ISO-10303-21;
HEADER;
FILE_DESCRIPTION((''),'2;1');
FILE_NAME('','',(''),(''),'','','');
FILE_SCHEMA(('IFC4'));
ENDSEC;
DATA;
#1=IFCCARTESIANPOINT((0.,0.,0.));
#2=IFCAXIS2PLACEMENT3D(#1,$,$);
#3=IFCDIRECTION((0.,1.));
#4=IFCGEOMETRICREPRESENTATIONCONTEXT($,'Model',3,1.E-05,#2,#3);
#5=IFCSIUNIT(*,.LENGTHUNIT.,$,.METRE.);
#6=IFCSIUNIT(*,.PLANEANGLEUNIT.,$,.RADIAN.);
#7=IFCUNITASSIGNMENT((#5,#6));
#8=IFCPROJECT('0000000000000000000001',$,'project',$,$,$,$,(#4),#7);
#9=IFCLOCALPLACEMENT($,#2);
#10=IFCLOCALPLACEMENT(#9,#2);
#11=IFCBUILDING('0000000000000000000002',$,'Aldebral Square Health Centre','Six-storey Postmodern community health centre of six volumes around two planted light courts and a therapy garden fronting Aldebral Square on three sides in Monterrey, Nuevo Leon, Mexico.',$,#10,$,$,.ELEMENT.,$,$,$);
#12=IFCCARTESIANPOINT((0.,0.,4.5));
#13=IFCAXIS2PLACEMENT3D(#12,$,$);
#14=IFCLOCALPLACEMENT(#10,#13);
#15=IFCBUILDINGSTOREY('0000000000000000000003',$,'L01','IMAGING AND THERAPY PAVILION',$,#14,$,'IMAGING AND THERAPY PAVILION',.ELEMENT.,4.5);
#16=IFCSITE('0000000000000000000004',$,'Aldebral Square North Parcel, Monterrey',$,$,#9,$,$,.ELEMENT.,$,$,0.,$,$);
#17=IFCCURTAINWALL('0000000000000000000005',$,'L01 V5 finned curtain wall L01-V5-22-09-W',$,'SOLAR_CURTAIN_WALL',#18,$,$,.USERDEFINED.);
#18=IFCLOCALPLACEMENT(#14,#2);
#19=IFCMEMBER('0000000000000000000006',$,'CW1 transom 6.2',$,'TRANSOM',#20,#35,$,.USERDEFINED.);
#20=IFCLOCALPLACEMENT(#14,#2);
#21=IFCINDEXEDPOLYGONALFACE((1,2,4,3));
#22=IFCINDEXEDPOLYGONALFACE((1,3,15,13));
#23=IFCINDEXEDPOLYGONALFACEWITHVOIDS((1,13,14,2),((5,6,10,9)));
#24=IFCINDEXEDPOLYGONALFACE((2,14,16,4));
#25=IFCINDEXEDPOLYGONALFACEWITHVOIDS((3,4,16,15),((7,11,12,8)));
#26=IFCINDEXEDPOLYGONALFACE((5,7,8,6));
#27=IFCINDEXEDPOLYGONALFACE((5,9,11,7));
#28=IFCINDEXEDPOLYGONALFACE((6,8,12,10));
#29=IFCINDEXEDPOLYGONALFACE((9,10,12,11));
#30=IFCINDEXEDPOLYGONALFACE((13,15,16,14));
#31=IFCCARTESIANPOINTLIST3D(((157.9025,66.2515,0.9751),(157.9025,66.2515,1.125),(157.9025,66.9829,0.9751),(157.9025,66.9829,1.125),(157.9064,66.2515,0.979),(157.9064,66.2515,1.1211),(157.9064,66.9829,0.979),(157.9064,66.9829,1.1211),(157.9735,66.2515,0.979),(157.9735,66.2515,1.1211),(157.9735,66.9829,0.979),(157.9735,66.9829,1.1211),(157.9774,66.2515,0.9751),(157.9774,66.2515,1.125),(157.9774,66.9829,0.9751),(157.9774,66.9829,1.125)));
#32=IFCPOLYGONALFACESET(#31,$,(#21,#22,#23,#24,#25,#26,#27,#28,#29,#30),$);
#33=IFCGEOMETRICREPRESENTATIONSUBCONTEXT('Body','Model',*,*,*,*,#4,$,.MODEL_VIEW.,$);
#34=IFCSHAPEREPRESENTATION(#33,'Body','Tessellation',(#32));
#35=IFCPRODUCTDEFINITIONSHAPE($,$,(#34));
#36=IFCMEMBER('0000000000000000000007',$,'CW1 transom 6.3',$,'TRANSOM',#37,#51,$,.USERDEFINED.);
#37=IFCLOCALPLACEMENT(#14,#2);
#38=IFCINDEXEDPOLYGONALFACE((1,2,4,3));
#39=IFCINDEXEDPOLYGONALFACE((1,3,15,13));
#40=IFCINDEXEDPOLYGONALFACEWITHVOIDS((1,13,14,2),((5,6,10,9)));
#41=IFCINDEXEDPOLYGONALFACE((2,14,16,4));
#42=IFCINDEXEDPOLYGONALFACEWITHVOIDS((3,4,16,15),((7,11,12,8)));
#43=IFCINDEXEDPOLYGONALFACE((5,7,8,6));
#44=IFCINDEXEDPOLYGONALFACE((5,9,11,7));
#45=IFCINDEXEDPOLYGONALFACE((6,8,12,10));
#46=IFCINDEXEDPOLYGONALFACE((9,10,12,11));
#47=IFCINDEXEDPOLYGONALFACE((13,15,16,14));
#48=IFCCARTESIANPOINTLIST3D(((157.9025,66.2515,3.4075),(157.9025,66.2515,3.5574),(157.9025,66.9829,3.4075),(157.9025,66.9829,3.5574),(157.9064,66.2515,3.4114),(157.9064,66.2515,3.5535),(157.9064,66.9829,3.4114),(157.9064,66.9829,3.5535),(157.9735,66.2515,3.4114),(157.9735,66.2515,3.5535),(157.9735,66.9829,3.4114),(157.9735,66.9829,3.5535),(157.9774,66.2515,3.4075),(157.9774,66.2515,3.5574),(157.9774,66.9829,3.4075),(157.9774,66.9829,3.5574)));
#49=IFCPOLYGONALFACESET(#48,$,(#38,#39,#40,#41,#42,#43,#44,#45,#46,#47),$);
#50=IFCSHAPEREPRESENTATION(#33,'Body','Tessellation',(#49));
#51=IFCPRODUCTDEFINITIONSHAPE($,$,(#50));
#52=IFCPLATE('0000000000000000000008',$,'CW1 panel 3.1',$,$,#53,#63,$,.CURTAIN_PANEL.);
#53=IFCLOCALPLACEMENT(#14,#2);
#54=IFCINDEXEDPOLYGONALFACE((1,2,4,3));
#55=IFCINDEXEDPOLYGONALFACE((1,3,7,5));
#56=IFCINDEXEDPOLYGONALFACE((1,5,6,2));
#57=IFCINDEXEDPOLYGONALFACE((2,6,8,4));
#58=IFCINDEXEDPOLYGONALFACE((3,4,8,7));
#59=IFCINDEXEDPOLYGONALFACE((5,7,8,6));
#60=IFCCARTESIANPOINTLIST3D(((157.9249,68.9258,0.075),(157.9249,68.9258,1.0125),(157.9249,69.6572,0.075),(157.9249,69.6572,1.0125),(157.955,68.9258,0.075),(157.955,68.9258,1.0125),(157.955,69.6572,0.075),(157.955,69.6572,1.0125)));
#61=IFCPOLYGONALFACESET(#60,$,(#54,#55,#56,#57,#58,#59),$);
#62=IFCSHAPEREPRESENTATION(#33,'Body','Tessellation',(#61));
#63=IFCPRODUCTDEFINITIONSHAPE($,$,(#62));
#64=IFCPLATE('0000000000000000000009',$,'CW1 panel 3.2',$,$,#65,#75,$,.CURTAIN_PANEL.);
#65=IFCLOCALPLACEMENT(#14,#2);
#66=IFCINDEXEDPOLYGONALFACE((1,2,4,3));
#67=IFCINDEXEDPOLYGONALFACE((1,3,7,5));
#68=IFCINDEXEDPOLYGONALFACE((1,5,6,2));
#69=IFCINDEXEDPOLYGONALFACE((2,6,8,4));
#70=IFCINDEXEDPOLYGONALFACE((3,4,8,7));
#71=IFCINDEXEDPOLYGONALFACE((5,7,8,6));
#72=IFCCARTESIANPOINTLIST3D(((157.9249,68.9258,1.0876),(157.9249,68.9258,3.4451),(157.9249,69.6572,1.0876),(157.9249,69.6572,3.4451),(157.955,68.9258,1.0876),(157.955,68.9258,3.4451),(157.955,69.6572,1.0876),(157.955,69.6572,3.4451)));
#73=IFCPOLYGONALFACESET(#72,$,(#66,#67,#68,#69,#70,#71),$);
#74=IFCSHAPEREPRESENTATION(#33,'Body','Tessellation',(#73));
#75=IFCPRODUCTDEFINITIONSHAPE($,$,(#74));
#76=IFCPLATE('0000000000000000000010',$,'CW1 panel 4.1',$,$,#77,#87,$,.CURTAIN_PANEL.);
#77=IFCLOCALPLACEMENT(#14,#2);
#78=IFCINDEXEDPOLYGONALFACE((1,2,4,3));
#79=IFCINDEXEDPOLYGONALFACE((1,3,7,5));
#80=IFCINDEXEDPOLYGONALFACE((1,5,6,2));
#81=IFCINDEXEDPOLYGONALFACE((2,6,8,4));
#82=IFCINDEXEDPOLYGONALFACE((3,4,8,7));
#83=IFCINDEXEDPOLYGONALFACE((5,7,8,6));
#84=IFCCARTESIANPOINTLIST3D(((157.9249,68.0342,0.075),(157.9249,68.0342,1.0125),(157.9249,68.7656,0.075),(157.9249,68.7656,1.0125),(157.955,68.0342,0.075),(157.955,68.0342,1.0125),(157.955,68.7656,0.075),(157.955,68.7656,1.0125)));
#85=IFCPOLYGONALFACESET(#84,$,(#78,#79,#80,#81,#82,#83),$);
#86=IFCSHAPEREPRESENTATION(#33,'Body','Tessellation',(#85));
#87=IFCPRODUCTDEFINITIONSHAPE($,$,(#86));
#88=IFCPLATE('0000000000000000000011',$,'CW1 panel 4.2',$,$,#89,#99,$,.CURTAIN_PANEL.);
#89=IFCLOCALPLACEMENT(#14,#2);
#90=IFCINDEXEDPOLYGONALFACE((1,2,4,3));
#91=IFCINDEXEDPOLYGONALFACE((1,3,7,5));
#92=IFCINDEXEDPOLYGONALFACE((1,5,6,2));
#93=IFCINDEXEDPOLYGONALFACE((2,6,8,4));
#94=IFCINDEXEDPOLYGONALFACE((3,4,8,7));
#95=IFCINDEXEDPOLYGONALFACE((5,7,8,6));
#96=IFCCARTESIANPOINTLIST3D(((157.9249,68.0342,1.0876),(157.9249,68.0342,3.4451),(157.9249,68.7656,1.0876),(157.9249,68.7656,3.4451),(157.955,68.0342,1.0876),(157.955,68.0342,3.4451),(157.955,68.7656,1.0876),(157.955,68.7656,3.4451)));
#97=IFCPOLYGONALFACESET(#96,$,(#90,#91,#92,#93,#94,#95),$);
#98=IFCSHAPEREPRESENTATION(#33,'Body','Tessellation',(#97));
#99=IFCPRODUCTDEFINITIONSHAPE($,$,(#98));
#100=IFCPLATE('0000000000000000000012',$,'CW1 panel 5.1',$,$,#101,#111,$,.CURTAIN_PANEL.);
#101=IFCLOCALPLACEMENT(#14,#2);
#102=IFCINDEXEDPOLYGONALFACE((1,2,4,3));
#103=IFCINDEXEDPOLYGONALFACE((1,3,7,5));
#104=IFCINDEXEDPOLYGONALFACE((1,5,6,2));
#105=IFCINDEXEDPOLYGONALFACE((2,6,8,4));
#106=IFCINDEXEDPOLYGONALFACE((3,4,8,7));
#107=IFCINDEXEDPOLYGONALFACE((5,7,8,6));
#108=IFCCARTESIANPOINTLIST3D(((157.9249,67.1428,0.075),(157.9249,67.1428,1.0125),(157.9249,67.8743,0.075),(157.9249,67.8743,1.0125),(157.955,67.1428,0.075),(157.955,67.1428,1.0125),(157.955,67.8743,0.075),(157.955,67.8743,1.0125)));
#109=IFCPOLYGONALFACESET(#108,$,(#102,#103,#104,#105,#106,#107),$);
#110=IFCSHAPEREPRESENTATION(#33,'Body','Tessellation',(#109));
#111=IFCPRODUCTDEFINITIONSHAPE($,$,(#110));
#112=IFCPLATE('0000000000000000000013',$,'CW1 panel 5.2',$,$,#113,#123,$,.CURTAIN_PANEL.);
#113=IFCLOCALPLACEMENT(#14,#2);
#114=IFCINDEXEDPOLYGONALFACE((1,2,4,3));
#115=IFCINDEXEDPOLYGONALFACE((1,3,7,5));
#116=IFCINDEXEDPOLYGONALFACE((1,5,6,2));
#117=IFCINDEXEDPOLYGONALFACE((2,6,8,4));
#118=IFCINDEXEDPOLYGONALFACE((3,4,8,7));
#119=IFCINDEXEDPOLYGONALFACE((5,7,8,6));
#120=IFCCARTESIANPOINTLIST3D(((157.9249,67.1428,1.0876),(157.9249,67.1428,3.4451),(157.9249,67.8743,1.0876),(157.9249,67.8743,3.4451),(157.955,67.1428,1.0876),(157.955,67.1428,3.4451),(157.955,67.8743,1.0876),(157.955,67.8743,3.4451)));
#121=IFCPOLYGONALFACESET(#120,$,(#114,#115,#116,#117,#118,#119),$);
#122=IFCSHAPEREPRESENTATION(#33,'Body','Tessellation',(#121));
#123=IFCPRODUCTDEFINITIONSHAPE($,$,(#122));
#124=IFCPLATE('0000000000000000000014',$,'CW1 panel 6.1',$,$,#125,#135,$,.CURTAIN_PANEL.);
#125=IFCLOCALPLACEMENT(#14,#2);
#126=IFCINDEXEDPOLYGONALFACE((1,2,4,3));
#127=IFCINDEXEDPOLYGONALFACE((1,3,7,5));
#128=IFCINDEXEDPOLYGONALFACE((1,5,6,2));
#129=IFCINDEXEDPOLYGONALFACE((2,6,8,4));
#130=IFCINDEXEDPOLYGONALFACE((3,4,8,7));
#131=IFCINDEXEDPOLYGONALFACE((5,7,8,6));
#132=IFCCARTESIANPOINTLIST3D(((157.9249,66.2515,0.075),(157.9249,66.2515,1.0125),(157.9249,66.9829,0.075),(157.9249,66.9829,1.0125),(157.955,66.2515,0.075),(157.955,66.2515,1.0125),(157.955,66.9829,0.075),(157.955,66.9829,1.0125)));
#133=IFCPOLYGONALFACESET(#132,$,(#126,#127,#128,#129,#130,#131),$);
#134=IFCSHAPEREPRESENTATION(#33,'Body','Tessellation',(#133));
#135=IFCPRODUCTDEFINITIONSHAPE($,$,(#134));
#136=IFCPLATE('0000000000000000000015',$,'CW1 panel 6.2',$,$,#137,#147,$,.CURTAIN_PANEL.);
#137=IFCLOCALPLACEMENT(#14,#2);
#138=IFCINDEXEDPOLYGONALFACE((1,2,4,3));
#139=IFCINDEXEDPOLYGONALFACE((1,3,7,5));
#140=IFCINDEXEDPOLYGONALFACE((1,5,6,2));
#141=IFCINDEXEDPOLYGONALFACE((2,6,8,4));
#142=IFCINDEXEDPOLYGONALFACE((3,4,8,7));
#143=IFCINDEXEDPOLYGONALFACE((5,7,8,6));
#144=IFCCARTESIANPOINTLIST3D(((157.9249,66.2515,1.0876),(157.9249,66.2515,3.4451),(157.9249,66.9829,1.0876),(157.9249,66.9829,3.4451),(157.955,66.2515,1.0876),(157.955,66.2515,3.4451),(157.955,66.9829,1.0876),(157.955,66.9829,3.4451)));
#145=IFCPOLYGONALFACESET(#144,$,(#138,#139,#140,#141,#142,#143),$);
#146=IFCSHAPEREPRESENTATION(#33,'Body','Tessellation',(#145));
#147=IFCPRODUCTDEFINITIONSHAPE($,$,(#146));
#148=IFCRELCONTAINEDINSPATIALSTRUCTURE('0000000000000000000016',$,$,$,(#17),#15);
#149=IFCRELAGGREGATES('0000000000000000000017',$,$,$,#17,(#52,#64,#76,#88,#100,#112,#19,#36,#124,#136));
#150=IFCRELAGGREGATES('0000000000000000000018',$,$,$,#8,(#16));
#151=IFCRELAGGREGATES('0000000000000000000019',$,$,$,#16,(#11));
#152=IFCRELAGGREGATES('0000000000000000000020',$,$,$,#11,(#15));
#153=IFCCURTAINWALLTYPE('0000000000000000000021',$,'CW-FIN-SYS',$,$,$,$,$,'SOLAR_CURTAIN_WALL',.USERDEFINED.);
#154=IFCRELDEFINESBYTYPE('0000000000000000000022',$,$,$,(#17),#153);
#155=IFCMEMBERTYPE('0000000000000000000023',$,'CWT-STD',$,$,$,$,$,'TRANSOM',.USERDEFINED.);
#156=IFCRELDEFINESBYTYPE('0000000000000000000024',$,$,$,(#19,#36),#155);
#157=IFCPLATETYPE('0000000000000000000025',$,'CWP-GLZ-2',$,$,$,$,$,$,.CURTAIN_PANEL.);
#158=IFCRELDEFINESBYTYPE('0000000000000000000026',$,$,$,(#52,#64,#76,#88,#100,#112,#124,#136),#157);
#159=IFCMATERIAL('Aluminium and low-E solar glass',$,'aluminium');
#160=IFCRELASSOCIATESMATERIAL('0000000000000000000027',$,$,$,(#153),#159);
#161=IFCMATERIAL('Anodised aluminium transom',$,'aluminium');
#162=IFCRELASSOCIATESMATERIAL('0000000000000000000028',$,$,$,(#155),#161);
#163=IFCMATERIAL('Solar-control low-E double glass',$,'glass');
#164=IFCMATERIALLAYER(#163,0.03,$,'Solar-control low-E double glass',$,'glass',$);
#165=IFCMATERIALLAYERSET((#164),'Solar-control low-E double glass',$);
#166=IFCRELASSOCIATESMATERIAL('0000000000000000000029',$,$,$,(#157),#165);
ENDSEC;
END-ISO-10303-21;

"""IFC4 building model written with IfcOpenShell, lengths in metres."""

from ifc_helpers import new_model, si_unit, direction, frame, origin, origin_2d, place, context, subcontext, project, spatial, rectangle, hollow_rectangle, extrude, material, layer, layer_set, material_profile, profile_set, type_object, element, aggregate, save


model = new_model("IFC4")

# Units and contexts
model_context = context("Model", 3, precision=1e-05, world=origin(), true_north=direction((0.0, 1.0)))
body_context = subcontext(model_context, "Body", "Model", "MODEL_VIEW")
ifc_project = project(units=[si_unit("LENGTHUNIT", "METRE"), si_unit("PLANEANGLEUNIT", "RADIAN")], contexts=[model_context])

# Site, building, storey
site_placement = place(None, origin())
site = spatial("IfcSite", under=ifc_project, at=site_placement, Name="Aldebral Square North Parcel, Monterrey", CompositionType="ELEMENT", RefElevation=0.0)
building_placement = place(site_placement, origin())
building = spatial("IfcBuilding", under=site, at=building_placement, Name="Aldebral Square Health Centre", Description="Six-storey Postmodern community health centre of six volumes around two planted light courts and a therapy garden fronting Aldebral Square on three sides in Monterrey, Nuevo Leon, Mexico.", CompositionType="ELEMENT")
storey_placement = place(building_placement, frame((0.0, 0.0, 4.5)))
storey = spatial("IfcBuildingStorey", under=building, at=storey_placement, Name="L01", Description="IMAGING AND THERAPY PAVILION", LongName="IMAGING AND THERAPY PAVILION", CompositionType="ELEMENT", Elevation=4.5)

# Curtain wall, members, plates
ifc_material_1 = material(Name="Aluminium and low-E solar glass", Category="aluminium")
curtain_wall_type = type_object("IfcCurtainWallType", Name="CW-FIN-SYS", ElementType="SOLAR_CURTAIN_WALL", PredefinedType="USERDEFINED", material=ifc_material_1)
curtain_wall_placement = place(storey_placement, origin())
curtain_wall = element("IfcCurtainWall", 1, at=curtain_wall_placement, inside=storey, type_object=curtain_wall_type, Name="L01 V5 finned curtain wall L01-V5-22-09-W", ObjectType="SOLAR_CURTAIN_WALL", PredefinedType="USERDEFINED")
ifc_material_2 = material(Name="Anodised aluminium transom", Category="aluminium")
ifc_material_profile_1 = material_profile(ifc_material_2, hollow_rectangle(XDim=0.075, YDim=0.1499, WallThickness=0.0039, at=origin_2d()), Name="CWT 75x150x4")
ifc_profile_set_1 = profile_set([ifc_material_profile_1], Name="Anodised aluminium transom")
member_type_1 = type_object("IfcMemberType", Name="CWT-STD", ElementType="TRANSOM", PredefinedType="USERDEFINED", material=ifc_profile_set_1)
member_1_placement = place(storey_placement, frame((157.9399, 66.9829, 1.05), z_axis=(0.0, -1.0, 0.0), x_axis=(1.0, 0.0, 0.0)))
member_1 = element("IfcMember", 2, at=member_1_placement, type_object=member_type_1, Name="CW1 transom 6.2", ObjectType="TRANSOM", PredefinedType="USERDEFINED", context=body_context, shape_type="SweptSolid", body=[
    extrude(hollow_rectangle(XDim=0.075, YDim=0.1499, WallThickness=0.0039, at=origin_2d()), origin(), (0.0, 0.0, 1.0), 0.7314),
])
member_2_placement = place(storey_placement, frame((157.9399, 66.9829, 3.4824), z_axis=(0.0, -1.0, 0.0), x_axis=(1.0, 0.0, 0.0)))
member_2 = element("IfcMember", 3, at=member_2_placement, type_object=member_type_1, Name="CW1 transom 6.3", ObjectType="TRANSOM", PredefinedType="USERDEFINED", context=body_context, shape_type="SweptSolid", body=[
    extrude(hollow_rectangle(XDim=0.075, YDim=0.1499, WallThickness=0.0039, at=origin_2d()), origin(), (0.0, 0.0, 1.0), 0.7314),
])
ifc_material_3 = material(Name="Solar-control low-E double glass", Category="glass")
ifc_layer = layer(ifc_material_3, 0.03, Name="Solar-control low-E double glass", Category="glass")
ifc_layer_set = layer_set([ifc_layer], Name="Solar-control low-E double glass")
plate_type = type_object("IfcPlateType", Name="CWP-GLZ-2", PredefinedType="CURTAIN_PANEL", material=ifc_layer_set)
plate_1_placement = place(storey_placement, frame((157.9399, 69.2915, 0.075), z_axis=(0.0, 0.0, 1.0), x_axis=(0.0, -1.0, 0.0)))
plate_1 = element("IfcPlate", 4, at=plate_1_placement, type_object=plate_type, Name="CW1 panel 3.1", PredefinedType="CURTAIN_PANEL", context=body_context, shape_type="SweptSolid", body=[
    extrude(rectangle(XDim=0.7314, YDim=0.03, at=origin_2d()), origin(), (0.0, 0.0, 1.0), 0.9375),
])
plate_2_placement = place(storey_placement, frame((157.9399, 69.2915, 1.0876), z_axis=(0.0, 0.0, 1.0), x_axis=(0.0, -1.0, 0.0)))
plate_2 = element("IfcPlate", 5, at=plate_2_placement, type_object=plate_type, Name="CW1 panel 3.2", PredefinedType="CURTAIN_PANEL", context=body_context, shape_type="SweptSolid", body=[
    extrude(rectangle(XDim=0.7314, YDim=0.03, at=origin_2d()), origin(), (0.0, 0.0, 1.0), 2.3574),
])
plate_3_placement = place(storey_placement, frame((157.9399, 68.3999, 0.075), z_axis=(0.0, 0.0, 1.0), x_axis=(0.0, -1.0, 0.0)))
plate_3 = element("IfcPlate", 6, at=plate_3_placement, type_object=plate_type, Name="CW1 panel 4.1", PredefinedType="CURTAIN_PANEL", context=body_context, shape_type="SweptSolid", body=[
    extrude(rectangle(XDim=0.7314, YDim=0.03, at=origin_2d()), origin(), (0.0, 0.0, 1.0), 0.9375),
])
plate_4_placement = place(storey_placement, frame((157.9399, 68.3999, 1.0876), z_axis=(0.0, 0.0, 1.0), x_axis=(0.0, -1.0, 0.0)))
plate_4 = element("IfcPlate", 7, at=plate_4_placement, type_object=plate_type, Name="CW1 panel 4.2", PredefinedType="CURTAIN_PANEL", context=body_context, shape_type="SweptSolid", body=[
    extrude(rectangle(XDim=0.7314, YDim=0.03, at=origin_2d()), origin(), (0.0, 0.0, 1.0), 2.3574),
])
plate_5_placement = place(storey_placement, frame((157.9399, 67.5085, 0.075), z_axis=(0.0, 0.0, 1.0), x_axis=(0.0, -1.0, 0.0)))
plate_5 = element("IfcPlate", 8, at=plate_5_placement, type_object=plate_type, Name="CW1 panel 5.1", PredefinedType="CURTAIN_PANEL", context=body_context, shape_type="SweptSolid", body=[
    extrude(rectangle(XDim=0.7314, YDim=0.03, at=origin_2d()), origin(), (0.0, 0.0, 1.0), 0.9375),
])
plate_6_placement = place(storey_placement, frame((157.9399, 67.5085, 1.0876), z_axis=(0.0, 0.0, 1.0), x_axis=(0.0, -1.0, 0.0)))
plate_6 = element("IfcPlate", 9, at=plate_6_placement, type_object=plate_type, Name="CW1 panel 5.2", PredefinedType="CURTAIN_PANEL", context=body_context, shape_type="SweptSolid", body=[
    extrude(rectangle(XDim=0.7314, YDim=0.03, at=origin_2d()), origin(), (0.0, 0.0, 1.0), 2.3574),
])
plate_7_placement = place(storey_placement, frame((157.9399, 66.6172, 0.075), z_axis=(0.0, 0.0, 1.0), x_axis=(0.0, -1.0, 0.0)))
plate_7 = element("IfcPlate", 10, at=plate_7_placement, type_object=plate_type, Name="CW1 panel 6.1", PredefinedType="CURTAIN_PANEL", context=body_context, shape_type="SweptSolid", body=[
    extrude(rectangle(XDim=0.7314, YDim=0.03, at=origin_2d()), origin(), (0.0, 0.0, 1.0), 0.9375),
])
plate_8_placement = place(storey_placement, frame((157.9399, 66.6172, 1.0876), z_axis=(0.0, 0.0, 1.0), x_axis=(0.0, -1.0, 0.0)))
plate_8 = element("IfcPlate", 11, at=plate_8_placement, type_object=plate_type, Name="CW1 panel 6.2", PredefinedType="CURTAIN_PANEL", context=body_context, shape_type="SweptSolid", body=[
    extrude(rectangle(XDim=0.7314, YDim=0.03, at=origin_2d()), origin(), (0.0, 0.0, 1.0), 2.3574),
])
aggregate(curtain_wall, [plate_1, plate_2, plate_3, plate_4, plate_5, plate_6, member_1, member_2, plate_7, plate_8])

save(model, "model.ifc")
